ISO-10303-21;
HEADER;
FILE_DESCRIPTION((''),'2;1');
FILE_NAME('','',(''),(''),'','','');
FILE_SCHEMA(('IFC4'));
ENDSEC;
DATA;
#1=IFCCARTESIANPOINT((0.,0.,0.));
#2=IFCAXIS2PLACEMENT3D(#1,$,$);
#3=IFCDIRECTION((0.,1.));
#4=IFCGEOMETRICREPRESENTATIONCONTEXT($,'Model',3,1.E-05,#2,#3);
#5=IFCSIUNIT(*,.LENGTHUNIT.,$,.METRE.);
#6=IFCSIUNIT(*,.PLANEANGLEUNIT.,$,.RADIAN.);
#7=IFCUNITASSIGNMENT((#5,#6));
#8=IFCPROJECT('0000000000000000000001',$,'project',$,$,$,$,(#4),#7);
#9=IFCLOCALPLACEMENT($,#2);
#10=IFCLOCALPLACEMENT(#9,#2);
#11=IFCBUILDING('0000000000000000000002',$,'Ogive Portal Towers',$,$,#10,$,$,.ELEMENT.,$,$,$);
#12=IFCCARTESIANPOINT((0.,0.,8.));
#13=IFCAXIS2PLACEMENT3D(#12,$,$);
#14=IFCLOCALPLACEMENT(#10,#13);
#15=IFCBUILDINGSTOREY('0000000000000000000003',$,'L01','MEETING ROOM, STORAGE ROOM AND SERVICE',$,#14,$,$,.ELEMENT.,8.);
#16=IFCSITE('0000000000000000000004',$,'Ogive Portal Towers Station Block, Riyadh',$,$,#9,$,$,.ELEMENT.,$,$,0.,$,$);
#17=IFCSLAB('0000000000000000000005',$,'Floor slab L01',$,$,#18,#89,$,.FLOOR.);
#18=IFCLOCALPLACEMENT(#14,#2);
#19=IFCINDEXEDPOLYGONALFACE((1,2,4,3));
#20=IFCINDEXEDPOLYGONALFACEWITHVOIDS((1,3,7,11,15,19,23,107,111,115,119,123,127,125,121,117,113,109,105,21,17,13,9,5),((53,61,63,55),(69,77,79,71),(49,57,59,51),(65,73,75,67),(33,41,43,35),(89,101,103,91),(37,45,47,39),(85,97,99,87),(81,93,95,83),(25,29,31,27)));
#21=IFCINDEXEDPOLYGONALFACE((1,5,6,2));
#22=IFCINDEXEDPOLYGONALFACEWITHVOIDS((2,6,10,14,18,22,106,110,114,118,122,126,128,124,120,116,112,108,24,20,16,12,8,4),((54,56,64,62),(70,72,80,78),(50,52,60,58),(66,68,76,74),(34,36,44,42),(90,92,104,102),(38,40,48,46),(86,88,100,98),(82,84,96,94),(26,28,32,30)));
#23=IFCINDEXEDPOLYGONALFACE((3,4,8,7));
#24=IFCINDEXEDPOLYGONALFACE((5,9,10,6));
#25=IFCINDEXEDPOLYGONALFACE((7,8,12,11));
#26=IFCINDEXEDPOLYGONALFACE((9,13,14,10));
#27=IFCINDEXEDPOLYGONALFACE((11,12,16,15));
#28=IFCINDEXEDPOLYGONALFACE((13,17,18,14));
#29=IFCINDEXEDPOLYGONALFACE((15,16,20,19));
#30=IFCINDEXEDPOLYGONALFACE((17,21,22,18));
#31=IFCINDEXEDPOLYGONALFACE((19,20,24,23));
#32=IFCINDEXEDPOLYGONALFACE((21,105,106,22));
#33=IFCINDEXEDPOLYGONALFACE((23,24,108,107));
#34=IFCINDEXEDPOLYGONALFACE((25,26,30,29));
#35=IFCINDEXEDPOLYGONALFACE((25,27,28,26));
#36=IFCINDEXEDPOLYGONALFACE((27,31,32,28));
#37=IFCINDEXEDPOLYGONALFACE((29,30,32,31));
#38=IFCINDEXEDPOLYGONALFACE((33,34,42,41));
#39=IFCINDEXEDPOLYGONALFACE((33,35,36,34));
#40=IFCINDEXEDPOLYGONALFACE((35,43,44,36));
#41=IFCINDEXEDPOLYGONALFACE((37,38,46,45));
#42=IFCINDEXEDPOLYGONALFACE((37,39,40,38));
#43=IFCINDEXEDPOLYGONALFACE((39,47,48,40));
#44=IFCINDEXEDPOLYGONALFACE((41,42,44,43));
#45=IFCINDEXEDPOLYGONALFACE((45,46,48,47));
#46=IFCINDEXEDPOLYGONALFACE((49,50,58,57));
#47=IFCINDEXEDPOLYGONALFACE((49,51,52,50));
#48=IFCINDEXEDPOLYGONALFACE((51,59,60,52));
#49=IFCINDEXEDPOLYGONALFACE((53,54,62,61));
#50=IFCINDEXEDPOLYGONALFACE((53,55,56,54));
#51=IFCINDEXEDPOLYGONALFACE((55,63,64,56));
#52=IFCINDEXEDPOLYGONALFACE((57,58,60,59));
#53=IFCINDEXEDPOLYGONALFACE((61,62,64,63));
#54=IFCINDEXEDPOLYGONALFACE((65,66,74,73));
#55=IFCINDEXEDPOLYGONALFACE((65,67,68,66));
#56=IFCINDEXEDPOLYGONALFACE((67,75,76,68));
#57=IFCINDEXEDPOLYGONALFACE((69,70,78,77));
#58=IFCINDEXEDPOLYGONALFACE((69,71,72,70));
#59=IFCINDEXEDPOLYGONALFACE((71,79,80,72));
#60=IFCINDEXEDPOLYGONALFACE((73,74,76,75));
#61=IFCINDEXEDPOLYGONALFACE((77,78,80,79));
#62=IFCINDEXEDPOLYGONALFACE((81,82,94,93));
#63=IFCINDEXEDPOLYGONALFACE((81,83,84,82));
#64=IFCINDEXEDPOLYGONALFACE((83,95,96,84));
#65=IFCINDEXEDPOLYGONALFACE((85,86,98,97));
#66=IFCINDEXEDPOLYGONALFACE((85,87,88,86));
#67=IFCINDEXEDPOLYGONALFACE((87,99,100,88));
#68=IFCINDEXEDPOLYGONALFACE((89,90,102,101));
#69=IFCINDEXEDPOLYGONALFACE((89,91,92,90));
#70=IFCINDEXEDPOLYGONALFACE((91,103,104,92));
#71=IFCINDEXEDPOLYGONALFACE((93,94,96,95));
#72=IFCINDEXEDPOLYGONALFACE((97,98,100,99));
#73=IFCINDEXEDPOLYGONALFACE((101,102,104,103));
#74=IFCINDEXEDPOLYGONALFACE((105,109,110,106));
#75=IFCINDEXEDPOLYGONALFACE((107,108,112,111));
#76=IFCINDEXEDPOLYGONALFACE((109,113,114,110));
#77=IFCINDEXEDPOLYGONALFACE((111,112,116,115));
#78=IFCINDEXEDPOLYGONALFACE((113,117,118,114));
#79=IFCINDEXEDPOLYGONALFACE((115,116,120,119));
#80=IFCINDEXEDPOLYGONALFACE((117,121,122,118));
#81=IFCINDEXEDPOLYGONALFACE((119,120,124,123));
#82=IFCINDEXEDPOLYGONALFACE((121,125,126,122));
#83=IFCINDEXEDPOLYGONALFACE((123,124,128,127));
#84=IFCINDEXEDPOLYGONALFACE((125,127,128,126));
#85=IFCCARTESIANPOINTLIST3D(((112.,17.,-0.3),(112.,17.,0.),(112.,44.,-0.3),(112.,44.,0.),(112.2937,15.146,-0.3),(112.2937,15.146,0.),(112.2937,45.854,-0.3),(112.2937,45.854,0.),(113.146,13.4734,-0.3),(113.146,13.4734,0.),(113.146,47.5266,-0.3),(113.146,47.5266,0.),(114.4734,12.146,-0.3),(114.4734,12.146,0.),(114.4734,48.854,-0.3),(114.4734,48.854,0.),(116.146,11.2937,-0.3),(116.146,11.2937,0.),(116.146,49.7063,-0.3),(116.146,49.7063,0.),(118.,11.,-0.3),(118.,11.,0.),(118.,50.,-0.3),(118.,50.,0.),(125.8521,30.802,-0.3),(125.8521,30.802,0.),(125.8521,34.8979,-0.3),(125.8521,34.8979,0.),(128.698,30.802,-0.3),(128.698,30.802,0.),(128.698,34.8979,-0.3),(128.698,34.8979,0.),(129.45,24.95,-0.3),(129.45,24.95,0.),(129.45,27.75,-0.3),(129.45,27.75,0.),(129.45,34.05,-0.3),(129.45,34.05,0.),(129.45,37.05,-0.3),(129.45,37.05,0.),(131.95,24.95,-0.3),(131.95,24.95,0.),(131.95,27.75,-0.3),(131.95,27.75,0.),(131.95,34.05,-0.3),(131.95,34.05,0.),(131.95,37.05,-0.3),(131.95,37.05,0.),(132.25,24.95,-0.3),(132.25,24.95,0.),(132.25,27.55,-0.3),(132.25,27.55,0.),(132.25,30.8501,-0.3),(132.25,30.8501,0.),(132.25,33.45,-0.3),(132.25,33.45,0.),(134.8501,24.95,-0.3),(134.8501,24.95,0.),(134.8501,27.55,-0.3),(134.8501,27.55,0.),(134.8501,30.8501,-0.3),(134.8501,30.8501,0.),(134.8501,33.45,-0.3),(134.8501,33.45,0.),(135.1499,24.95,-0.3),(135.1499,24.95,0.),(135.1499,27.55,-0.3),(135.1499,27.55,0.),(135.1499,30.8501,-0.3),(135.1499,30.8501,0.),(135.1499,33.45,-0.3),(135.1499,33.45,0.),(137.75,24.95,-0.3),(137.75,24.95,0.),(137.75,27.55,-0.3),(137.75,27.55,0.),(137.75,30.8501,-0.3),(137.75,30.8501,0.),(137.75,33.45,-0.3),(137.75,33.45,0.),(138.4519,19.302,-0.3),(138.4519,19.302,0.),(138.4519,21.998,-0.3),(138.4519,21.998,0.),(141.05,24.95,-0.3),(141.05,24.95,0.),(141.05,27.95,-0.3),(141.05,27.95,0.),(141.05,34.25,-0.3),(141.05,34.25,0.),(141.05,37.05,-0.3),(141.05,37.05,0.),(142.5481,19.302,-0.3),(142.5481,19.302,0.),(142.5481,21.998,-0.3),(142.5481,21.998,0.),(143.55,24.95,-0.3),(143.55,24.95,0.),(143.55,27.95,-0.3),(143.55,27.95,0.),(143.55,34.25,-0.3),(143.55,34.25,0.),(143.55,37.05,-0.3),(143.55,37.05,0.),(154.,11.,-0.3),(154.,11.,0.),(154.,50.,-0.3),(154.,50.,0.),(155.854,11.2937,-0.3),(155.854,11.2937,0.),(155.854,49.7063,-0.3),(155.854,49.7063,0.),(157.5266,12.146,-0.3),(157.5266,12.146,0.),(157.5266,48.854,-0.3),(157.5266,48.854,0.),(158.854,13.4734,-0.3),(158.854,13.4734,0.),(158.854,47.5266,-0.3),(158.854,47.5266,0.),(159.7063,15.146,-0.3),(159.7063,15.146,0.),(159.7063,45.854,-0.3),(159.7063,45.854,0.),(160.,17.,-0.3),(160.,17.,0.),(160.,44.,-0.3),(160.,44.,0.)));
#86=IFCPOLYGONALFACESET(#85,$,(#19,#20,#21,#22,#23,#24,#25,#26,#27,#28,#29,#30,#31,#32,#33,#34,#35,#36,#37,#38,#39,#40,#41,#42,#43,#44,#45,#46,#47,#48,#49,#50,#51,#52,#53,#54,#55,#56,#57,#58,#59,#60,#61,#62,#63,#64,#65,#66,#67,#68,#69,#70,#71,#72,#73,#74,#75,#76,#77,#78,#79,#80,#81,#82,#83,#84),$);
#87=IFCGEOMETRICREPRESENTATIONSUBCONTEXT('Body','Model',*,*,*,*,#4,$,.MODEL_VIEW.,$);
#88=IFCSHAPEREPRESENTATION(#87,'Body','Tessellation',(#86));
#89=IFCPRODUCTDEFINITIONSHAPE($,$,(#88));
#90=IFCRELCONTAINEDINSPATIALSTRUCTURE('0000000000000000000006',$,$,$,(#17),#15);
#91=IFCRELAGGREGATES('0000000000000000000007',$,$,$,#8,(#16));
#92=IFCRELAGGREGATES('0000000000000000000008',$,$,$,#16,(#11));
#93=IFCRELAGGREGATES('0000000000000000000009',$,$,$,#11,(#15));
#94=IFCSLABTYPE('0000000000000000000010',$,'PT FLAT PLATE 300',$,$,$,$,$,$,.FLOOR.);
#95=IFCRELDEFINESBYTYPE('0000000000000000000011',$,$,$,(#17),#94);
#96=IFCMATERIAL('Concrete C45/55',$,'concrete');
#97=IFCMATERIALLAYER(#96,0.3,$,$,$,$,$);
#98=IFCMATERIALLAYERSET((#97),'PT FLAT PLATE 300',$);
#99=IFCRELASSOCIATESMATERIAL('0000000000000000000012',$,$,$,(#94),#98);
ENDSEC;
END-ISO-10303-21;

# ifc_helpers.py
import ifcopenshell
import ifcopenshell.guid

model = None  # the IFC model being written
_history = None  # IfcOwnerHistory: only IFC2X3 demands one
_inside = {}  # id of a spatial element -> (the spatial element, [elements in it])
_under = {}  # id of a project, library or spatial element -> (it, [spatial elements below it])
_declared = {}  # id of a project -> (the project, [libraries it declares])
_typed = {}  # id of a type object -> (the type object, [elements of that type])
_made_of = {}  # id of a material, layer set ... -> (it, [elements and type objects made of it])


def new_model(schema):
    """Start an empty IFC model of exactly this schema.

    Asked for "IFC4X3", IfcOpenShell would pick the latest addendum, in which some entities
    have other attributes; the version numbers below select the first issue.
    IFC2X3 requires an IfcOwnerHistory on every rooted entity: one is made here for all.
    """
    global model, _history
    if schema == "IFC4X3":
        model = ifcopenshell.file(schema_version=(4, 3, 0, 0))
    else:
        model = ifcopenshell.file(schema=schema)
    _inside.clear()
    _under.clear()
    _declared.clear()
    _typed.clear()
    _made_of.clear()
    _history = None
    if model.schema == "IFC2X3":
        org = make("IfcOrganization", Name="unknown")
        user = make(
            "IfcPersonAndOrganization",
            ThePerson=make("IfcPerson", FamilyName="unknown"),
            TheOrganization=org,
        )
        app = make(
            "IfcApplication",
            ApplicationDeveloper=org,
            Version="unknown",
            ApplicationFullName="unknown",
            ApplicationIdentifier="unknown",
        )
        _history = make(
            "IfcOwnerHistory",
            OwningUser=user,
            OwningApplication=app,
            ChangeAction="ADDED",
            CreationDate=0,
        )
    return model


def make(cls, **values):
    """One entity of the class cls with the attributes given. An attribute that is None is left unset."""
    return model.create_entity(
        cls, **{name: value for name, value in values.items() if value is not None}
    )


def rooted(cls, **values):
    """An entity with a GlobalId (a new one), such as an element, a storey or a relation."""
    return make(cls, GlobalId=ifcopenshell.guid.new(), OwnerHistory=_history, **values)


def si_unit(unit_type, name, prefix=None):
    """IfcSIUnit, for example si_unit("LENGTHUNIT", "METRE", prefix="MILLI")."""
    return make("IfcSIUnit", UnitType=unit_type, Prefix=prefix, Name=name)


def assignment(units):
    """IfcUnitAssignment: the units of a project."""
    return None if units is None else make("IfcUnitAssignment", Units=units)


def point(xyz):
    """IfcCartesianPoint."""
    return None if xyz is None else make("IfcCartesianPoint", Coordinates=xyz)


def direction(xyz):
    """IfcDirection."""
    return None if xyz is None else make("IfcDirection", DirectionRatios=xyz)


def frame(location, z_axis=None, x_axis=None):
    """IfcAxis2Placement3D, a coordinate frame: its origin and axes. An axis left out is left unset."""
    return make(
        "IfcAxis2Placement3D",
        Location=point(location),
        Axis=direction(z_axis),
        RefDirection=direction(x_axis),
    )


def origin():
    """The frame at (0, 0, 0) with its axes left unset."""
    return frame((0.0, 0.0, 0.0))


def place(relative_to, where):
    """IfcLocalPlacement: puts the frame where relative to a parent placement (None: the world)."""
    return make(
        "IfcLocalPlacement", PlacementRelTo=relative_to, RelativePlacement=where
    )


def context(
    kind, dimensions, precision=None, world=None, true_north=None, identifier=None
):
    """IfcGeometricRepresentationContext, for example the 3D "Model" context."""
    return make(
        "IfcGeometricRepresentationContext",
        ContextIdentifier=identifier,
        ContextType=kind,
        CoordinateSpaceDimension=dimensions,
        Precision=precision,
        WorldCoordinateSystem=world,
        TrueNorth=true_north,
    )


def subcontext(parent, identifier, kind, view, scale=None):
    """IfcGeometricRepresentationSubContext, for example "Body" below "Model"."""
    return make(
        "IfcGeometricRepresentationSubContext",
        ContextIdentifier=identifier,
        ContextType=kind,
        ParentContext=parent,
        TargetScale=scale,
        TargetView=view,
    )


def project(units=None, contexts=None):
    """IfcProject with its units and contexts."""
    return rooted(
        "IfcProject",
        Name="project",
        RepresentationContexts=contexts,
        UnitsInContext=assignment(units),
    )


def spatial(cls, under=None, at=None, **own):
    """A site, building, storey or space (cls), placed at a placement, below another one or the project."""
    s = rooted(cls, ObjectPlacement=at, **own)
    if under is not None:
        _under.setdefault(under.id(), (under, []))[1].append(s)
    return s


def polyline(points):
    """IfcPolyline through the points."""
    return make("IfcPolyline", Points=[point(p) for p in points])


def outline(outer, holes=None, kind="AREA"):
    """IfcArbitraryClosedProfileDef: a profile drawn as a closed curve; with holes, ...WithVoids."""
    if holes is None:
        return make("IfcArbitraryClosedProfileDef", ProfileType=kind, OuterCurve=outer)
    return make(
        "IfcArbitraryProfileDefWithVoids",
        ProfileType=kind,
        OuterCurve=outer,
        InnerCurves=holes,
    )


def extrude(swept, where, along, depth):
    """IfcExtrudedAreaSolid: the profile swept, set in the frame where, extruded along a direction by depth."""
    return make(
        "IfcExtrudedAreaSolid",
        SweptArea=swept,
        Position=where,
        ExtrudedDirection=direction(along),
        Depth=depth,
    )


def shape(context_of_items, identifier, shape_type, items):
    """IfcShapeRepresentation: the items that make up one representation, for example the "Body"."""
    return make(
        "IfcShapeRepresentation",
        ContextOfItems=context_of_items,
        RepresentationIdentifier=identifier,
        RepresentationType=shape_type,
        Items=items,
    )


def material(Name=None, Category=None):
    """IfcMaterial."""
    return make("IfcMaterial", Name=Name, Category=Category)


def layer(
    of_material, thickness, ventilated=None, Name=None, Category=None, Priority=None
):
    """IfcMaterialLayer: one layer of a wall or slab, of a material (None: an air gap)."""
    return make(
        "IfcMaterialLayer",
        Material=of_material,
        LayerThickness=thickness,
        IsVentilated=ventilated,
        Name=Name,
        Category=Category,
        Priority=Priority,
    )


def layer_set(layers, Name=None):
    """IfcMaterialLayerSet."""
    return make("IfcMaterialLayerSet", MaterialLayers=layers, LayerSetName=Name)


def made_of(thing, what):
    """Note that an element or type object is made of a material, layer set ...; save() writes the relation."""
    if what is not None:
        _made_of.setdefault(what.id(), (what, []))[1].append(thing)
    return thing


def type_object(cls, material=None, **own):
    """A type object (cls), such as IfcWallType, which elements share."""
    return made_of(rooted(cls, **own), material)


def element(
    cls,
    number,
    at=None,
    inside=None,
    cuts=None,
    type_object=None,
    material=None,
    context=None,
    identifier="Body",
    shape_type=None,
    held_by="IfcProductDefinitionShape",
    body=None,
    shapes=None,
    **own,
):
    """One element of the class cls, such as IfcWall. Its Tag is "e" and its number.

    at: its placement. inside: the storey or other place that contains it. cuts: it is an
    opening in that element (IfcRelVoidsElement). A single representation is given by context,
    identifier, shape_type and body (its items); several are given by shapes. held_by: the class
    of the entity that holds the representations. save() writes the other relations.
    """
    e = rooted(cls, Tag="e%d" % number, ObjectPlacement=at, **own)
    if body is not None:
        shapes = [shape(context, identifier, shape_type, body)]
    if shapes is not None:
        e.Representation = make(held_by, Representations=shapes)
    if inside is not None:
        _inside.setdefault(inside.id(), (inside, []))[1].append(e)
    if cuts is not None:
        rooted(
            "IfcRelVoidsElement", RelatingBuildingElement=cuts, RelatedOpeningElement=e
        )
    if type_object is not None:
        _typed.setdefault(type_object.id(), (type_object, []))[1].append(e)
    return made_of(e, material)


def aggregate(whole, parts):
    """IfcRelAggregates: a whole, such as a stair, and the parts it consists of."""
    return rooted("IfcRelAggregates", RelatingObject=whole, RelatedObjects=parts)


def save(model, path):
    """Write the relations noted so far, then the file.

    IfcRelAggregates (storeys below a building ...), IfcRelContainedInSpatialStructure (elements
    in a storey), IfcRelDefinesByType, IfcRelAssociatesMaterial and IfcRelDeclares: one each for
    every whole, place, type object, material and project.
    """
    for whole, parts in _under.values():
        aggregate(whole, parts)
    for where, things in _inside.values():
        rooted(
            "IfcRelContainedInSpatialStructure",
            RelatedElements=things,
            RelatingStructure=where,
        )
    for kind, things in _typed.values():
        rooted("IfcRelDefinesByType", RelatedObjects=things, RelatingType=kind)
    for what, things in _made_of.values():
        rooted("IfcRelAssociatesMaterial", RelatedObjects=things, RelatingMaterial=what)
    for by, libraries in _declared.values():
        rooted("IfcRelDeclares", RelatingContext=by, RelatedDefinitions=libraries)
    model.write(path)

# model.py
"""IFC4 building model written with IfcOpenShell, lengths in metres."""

from ifc_helpers import new_model, si_unit, direction, frame, origin, place, context, subcontext, project, spatial, polyline, outline, extrude, material, layer, layer_set, type_object, element, save


model = new_model("IFC4")

# Units and contexts
model_context = context("Model", 3, precision=1e-05, world=origin(), true_north=direction((0.0, 1.0)))
body_context = subcontext(model_context, "Body", "Model", "MODEL_VIEW")
ifc_project = project(units=[si_unit("LENGTHUNIT", "METRE"), si_unit("PLANEANGLEUNIT", "RADIAN")], contexts=[model_context])

# Site, building, storey
site_placement = place(None, origin())
site = spatial("IfcSite", under=ifc_project, at=site_placement, Name="Ogive Portal Towers Station Block, Riyadh", CompositionType="ELEMENT", RefElevation=0.0)
building_placement = place(site_placement, origin())
building = spatial("IfcBuilding", under=site, at=building_placement, Name="Ogive Portal Towers", CompositionType="ELEMENT")
storey_placement = place(building_placement, frame((0.0, 0.0, 8.0)))
storey = spatial("IfcBuildingStorey", under=building, at=storey_placement, Name="L01", Description="MEETING ROOM, STORAGE ROOM AND SERVICE", CompositionType="ELEMENT", Elevation=8.0)

# Slab
ifc_material_1 = material(Name="Concrete C45/55", Category="concrete")
ifc_layer_1 = layer(ifc_material_1, 0.3)
ifc_layer_set_1 = layer_set([ifc_layer_1], Name="PT FLAT PLATE 300")
slab_type_1 = type_object("IfcSlabType", Name="PT FLAT PLATE 300", PredefinedType="FLOOR", material=ifc_layer_set_1)
slab_1_placement = place(storey_placement, frame((0.0, 0.0, -0.3)))
element("IfcSlab", 1, at=slab_1_placement, inside=storey, type_object=slab_type_1, Name="Floor slab L01", PredefinedType="FLOOR", context=body_context, shape_type="SweptSolid", body=[
    extrude(outline(polyline([(112.0, 44.0), (112.0, 17.0), (112.2937, 15.146), (113.146, 13.4734), (114.4734, 12.146), (116.146, 11.2937), (118.0, 11.0), (154.0, 11.0), (155.854, 11.2937), (157.5266, 12.146), (158.854, 13.4734), (159.7063, 15.146), (160.0, 17.0), (160.0, 44.0), (159.7063, 45.854), (158.854, 47.5266), (157.5266, 48.854), (155.854, 49.7063), (154.0, 50.0), (118.0, 50.0), (116.146, 49.7063), (114.4734, 48.854), (113.146, 47.5266), (112.2937, 45.854), (112.0, 44.0)]), holes=[polyline([(128.698, 34.8979), (128.698, 30.802), (125.8521, 30.802), (125.8521, 34.8979), (128.698, 34.8979)]), polyline([(131.95, 37.05), (131.95, 34.05), (129.45, 34.05), (129.45, 37.05), (131.95, 37.05)]), polyline([(138.4519, 21.998), (142.5481, 21.998), (142.5481, 19.302), (138.4519, 19.302), (138.4519, 21.998)]), polyline([(134.8501, 27.55), (134.8501, 24.95), (132.25, 24.95), (132.25, 27.55), (134.8501, 27.55)]), polyline([(137.75, 27.55), (137.75, 24.95), (135.1499, 24.95), (135.1499, 27.55), (137.75, 27.55)]), polyline([(131.95, 27.75), (131.95, 24.95), (129.45, 24.95), (129.45, 27.75), (131.95, 27.75)]), polyline([(143.55, 27.95), (143.55, 24.95), (141.05, 24.95), (141.05, 27.95), (143.55, 27.95)]), polyline([(134.8501, 33.45), (134.8501, 30.8501), (132.25, 30.8501), (132.25, 33.45), (134.8501, 33.45)]), polyline([(137.75, 33.45), (137.75, 30.8501), (135.1499, 30.8501), (135.1499, 33.45), (137.75, 33.45)]), polyline([(143.55, 37.05), (143.55, 34.25), (141.05, 34.25), (141.05, 37.05), (143.55, 37.05)])]), origin(), (0.0, 0.0, 1.0), 0.3),
])

save(model, "model.ifc")
